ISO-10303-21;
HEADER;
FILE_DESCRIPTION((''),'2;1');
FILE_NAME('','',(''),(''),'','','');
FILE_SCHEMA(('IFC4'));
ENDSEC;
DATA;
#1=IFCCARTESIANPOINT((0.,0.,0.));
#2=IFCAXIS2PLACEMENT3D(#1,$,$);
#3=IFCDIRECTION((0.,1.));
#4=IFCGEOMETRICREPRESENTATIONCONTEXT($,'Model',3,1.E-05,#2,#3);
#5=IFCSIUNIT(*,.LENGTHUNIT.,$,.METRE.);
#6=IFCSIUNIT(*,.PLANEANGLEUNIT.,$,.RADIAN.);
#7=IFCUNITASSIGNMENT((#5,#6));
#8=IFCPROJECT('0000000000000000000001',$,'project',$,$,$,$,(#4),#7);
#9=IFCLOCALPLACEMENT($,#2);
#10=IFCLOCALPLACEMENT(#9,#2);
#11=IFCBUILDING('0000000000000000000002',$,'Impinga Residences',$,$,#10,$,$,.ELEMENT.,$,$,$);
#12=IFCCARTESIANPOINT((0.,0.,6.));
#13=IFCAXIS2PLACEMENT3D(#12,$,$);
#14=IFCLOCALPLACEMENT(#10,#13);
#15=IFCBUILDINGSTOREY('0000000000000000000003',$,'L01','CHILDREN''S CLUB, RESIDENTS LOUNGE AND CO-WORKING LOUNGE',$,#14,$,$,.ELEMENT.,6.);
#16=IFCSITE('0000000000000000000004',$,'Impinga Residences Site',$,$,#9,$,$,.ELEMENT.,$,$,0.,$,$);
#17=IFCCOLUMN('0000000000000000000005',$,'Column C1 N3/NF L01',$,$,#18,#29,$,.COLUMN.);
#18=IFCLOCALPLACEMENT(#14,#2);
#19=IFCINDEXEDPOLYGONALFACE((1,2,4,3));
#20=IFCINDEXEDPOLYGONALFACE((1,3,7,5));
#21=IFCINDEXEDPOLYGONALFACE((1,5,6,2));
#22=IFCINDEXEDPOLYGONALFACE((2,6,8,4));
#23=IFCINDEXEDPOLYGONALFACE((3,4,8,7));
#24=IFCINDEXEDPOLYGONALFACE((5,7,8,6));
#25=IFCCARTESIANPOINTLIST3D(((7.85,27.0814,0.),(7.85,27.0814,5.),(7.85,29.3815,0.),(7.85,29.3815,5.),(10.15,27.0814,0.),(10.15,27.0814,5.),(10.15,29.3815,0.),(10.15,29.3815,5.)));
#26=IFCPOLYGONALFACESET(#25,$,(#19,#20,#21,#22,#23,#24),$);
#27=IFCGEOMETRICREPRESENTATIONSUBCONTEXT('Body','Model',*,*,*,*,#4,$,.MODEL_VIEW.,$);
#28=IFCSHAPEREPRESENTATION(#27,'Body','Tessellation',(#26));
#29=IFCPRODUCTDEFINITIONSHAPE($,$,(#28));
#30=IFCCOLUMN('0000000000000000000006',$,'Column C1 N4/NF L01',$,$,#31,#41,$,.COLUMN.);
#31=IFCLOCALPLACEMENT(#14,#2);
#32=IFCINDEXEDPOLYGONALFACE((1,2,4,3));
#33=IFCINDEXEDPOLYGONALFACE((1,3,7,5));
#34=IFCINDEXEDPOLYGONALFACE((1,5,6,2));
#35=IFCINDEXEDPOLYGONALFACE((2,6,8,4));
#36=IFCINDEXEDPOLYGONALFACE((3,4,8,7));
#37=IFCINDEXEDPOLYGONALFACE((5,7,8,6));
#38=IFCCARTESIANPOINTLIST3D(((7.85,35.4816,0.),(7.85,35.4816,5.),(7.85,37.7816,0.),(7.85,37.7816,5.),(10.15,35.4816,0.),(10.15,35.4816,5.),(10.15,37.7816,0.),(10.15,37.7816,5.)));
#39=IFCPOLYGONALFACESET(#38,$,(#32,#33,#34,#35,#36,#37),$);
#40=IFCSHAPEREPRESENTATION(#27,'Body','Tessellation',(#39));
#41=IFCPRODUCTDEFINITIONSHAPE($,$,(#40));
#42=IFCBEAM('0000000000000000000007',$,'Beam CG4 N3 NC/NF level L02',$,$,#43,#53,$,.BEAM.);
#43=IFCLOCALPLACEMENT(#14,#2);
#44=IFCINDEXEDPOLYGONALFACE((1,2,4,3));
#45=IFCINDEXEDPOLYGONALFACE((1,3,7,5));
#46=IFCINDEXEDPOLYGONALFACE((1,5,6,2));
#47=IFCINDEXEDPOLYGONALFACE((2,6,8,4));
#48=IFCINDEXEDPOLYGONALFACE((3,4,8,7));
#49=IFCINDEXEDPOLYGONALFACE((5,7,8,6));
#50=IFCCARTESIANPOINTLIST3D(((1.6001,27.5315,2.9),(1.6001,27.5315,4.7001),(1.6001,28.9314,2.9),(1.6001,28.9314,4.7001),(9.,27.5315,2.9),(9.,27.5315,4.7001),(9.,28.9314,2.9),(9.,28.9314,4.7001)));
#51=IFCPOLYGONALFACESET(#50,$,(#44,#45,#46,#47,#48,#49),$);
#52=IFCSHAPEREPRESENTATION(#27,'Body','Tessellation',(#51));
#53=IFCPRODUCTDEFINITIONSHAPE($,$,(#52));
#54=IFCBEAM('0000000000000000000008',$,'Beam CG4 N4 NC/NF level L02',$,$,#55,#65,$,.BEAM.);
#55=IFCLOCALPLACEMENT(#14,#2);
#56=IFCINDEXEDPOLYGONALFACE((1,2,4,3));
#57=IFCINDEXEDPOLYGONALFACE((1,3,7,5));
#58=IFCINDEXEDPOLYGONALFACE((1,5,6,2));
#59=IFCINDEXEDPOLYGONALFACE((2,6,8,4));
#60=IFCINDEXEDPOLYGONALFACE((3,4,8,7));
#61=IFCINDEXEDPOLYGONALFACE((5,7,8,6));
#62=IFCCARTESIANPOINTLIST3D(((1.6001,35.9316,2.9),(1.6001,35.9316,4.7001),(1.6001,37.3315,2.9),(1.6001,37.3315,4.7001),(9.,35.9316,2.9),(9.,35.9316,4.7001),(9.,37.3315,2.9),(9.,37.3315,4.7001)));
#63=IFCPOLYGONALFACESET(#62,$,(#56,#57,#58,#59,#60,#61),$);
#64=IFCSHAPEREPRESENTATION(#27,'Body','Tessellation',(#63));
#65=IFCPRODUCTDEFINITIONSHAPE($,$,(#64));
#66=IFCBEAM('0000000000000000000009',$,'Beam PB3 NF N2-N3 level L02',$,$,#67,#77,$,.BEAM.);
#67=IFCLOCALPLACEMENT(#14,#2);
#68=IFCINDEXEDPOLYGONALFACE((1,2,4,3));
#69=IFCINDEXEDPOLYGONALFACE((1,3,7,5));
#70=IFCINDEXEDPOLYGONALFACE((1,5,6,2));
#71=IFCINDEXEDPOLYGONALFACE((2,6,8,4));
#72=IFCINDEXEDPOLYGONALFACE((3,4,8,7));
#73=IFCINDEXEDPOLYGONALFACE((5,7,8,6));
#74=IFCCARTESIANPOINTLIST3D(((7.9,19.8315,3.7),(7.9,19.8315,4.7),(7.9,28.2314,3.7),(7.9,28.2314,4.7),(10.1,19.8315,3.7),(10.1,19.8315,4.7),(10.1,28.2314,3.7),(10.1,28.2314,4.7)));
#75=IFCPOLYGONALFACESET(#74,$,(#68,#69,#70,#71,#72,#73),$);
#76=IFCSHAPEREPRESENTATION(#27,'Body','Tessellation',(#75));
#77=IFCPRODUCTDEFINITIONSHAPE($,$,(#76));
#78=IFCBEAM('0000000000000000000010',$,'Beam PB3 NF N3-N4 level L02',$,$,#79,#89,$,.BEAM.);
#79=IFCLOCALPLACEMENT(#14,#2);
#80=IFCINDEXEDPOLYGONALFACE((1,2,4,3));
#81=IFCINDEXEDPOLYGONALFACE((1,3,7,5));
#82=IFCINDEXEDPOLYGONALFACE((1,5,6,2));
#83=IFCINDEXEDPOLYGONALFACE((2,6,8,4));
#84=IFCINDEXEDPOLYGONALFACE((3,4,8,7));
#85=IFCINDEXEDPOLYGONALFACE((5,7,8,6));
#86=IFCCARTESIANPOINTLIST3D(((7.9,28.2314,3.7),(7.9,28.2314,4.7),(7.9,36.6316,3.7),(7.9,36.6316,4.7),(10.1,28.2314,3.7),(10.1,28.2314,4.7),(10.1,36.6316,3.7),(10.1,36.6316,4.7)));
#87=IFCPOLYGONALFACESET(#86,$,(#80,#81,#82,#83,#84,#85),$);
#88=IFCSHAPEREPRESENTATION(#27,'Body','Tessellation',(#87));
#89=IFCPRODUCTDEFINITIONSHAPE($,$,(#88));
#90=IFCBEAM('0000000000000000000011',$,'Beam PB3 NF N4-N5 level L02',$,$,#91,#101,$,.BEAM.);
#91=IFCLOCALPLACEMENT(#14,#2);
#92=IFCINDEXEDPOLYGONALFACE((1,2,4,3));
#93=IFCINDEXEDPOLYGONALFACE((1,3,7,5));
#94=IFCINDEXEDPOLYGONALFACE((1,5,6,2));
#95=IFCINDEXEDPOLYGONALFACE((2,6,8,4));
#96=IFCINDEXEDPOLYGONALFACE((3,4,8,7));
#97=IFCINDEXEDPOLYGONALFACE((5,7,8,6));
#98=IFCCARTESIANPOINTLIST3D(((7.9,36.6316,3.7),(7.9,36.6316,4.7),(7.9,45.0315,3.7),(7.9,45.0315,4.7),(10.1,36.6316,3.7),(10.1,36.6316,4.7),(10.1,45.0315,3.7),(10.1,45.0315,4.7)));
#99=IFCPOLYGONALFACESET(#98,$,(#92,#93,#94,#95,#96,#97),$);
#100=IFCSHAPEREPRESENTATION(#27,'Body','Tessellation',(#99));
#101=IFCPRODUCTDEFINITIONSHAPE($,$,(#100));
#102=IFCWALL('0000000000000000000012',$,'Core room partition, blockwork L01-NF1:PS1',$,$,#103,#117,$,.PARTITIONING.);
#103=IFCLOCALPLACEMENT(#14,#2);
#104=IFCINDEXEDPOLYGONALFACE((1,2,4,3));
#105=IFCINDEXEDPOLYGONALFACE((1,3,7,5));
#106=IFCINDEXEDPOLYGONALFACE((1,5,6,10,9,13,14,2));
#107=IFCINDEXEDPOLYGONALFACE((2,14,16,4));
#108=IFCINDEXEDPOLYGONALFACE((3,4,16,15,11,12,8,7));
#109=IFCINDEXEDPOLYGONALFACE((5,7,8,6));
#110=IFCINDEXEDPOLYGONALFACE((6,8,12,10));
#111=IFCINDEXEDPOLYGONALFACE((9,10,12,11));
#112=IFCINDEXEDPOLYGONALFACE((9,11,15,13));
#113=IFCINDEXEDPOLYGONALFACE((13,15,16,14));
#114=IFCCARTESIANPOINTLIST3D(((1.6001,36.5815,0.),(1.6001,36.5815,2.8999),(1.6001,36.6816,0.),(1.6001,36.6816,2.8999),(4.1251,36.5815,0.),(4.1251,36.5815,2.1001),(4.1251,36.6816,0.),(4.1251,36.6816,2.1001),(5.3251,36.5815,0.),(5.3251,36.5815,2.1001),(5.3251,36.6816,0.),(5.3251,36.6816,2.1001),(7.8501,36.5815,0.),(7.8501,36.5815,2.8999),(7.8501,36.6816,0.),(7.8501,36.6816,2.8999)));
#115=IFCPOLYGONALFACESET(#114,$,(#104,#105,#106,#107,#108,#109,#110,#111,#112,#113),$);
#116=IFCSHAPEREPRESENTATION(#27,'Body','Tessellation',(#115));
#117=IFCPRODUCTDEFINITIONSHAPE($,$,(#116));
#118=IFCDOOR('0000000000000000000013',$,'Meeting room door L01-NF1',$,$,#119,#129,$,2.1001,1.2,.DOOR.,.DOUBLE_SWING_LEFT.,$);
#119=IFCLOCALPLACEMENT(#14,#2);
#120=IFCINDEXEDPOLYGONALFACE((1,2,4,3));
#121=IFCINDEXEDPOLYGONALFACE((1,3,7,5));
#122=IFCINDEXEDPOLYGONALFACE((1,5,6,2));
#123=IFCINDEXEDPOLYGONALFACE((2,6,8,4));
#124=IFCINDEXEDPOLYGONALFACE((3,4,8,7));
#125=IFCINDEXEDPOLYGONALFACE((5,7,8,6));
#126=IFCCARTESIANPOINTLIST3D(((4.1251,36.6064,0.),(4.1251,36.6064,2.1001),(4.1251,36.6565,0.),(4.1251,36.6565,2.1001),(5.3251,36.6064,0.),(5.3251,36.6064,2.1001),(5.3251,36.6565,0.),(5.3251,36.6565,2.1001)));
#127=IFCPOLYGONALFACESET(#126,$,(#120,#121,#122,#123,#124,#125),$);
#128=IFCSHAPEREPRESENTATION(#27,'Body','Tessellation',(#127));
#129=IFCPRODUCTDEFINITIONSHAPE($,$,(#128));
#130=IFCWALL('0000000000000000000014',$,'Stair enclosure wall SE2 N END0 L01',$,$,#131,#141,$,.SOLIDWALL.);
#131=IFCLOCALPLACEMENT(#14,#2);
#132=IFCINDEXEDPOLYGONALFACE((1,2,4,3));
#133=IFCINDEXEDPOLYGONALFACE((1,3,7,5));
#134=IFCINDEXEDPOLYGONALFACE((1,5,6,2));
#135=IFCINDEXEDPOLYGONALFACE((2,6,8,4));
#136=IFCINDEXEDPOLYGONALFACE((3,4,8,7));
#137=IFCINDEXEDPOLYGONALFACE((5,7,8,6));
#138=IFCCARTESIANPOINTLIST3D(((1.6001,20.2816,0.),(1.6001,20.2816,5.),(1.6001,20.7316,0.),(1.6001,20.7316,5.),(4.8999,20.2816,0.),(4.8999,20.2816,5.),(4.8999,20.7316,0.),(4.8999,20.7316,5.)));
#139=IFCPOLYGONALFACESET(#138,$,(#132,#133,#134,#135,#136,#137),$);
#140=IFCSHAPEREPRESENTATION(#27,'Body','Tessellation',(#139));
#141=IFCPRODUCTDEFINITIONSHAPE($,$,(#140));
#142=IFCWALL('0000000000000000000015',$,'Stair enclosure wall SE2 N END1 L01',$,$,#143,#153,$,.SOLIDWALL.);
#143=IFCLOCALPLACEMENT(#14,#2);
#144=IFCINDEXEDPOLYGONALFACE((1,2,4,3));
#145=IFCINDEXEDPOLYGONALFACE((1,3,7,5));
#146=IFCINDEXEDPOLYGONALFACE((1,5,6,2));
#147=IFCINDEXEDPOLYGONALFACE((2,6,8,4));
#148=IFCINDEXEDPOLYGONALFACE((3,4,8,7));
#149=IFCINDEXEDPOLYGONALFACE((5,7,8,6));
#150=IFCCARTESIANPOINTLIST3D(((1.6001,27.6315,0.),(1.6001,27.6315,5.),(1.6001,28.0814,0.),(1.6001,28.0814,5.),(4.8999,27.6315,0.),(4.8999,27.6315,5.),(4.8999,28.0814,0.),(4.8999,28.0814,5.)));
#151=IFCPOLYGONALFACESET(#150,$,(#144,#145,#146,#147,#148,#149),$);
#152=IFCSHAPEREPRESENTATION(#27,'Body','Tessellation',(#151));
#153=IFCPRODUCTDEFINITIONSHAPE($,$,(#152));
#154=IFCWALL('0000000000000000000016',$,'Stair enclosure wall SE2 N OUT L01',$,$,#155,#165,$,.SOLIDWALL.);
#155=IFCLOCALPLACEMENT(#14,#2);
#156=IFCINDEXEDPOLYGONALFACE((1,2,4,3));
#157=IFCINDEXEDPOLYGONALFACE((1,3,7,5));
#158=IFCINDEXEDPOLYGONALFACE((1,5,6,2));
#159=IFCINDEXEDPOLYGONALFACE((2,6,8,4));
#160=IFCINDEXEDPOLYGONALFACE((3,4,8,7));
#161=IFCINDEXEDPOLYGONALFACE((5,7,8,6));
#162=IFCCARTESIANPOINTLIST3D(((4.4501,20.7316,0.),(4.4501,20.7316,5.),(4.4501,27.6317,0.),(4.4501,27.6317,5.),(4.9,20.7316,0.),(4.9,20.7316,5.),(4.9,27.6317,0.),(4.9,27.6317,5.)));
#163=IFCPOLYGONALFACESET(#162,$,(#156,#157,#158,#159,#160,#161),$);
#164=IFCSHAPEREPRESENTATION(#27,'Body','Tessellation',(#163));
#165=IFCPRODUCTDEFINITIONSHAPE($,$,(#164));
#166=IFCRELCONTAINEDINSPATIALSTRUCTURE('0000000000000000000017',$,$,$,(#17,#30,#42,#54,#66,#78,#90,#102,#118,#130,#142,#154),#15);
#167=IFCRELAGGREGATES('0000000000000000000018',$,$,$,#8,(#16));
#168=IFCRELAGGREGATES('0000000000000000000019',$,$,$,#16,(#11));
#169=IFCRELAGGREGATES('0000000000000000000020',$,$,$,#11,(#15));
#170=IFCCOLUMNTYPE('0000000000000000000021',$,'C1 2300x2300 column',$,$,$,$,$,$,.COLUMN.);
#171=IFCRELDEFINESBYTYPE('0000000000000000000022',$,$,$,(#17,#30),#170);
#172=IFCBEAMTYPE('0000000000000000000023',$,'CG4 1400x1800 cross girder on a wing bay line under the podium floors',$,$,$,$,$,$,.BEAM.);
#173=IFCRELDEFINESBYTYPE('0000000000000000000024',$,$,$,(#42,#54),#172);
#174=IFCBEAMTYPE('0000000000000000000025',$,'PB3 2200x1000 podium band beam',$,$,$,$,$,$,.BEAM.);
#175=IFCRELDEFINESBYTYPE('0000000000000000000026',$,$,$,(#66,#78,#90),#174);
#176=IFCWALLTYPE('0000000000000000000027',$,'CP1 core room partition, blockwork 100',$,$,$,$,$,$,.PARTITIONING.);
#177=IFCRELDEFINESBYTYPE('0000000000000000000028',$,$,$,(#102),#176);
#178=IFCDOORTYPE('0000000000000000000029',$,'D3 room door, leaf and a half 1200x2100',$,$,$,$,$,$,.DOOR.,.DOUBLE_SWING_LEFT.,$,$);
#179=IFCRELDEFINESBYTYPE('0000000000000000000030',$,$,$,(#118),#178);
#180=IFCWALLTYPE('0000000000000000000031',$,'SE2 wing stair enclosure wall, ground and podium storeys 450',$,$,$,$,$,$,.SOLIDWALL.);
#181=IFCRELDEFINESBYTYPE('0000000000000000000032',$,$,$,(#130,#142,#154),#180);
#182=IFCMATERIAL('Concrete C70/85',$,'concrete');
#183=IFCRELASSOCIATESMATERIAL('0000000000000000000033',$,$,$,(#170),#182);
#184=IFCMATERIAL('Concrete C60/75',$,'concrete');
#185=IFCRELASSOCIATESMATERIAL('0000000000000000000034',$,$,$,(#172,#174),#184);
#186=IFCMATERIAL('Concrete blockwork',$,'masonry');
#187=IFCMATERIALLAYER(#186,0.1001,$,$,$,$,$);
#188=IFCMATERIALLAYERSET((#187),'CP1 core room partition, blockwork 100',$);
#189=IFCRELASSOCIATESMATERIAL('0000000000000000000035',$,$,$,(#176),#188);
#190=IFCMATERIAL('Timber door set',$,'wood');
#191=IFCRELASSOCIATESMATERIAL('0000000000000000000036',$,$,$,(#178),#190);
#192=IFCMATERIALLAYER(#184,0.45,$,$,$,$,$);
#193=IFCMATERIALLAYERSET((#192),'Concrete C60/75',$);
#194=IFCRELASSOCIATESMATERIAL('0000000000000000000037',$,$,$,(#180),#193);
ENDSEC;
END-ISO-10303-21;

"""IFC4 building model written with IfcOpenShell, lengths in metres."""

from ifc_helpers import new_model, si_unit, direction, frame, frame_2d, origin, origin_2d, place, context, subcontext, project, spatial, rectangle, extrude, material, layer, layer_set, material_profile, profile_set, type_object, element, fill, save


model = new_model("IFC4")

# Units and contexts
model_context = context("Model", 3, precision=1e-05, world=origin(), true_north=direction((0.0, 1.0)))
body_context = subcontext(model_context, "Body", "Model", "MODEL_VIEW")
ifc_project = project(units=[si_unit("LENGTHUNIT", "METRE"), si_unit("PLANEANGLEUNIT", "RADIAN")], contexts=[model_context])

# Site, building, storey
site_placement = place(None, origin())
site = spatial("IfcSite", under=ifc_project, at=site_placement, Name="Impinga Residences Site", CompositionType="ELEMENT", RefElevation=0.0)
building_placement = place(site_placement, origin())
building = spatial("IfcBuilding", under=site, at=building_placement, Name="Impinga Residences", CompositionType="ELEMENT")
storey_placement = place(building_placement, frame((0.0, 0.0, 6.0)))
storey = spatial("IfcBuildingStorey", under=building, at=storey_placement, Name="L01", Description="CHILDREN'S CLUB, RESIDENTS LOUNGE AND CO-WORKING LOUNGE", CompositionType="ELEMENT", Elevation=6.0)

# Columns
ifc_material_1 = material(Name="Concrete C70/85", Category="concrete")
ifc_material_profile_1 = material_profile(ifc_material_1, rectangle(XDim=2.3, YDim=2.3, at=origin_2d()), Name="RC 2300x2300")
ifc_profile_set_1 = profile_set([ifc_material_profile_1], Name="Concrete C70/85")
column_type = type_object("IfcColumnType", Name="C1 2300x2300 column", PredefinedType="COLUMN", material=ifc_profile_set_1)
for number, where, z_axis, x_axis, name in (
    (1, (9.0, 28.2314, 0.0), (0.0, 0.0, 1.0), (1.0, 0.0, 0.0), "Column C1 N3/NF L01"),
    (2, (9.0, 36.6316, 0.0), (0.0, 0.0, 1.0), (1.0, 0.0, 0.0), "Column C1 N4/NF L01"),
):
    element("IfcColumn", number, at=place(storey_placement, frame(where, z_axis=z_axis, x_axis=x_axis)), inside=storey, type_object=column_type, Name=name, PredefinedType="COLUMN", context=body_context, shape_type="SweptSolid", body=[
        extrude(rectangle(XDim=2.3, YDim=2.3, at=origin_2d()), origin(), (0.0, 0.0, 1.0), 5.0),
    ])

# Beams
ifc_material_2 = material(Name="Concrete C60/75", Category="concrete")
ifc_material_profile_2 = material_profile(ifc_material_2, rectangle(XDim=1.3999, YDim=1.8, at=origin_2d()), Name="RC 1400x1800")
ifc_profile_set_2 = profile_set([ifc_material_profile_2], Name="Concrete C60/75")
beam_type_1 = type_object("IfcBeamType", Name="CG4 1400x1800 cross girder on a wing bay line under the podium floors", PredefinedType="BEAM", material=ifc_profile_set_2)
for number, where, z_axis, x_axis, name in (
    (3, (1.6001, 28.2314, 3.8), (1.0, 0.0, 0.0), (0.0, 1.0, 0.0), "Beam CG4 N3 NC/NF level L02"),
    (4, (1.6001, 36.6316, 3.8), (1.0, 0.0, 0.0), (0.0, 1.0, 0.0), "Beam CG4 N4 NC/NF level L02"),
):
    element("IfcBeam", number, at=place(storey_placement, frame(where, z_axis=z_axis, x_axis=x_axis)), inside=storey, type_object=beam_type_1, Name=name, PredefinedType="BEAM", context=body_context, shape_type="SweptSolid", body=[
        extrude(rectangle(XDim=1.3999, YDim=1.8, at=origin_2d()), origin(), (0.0, 0.0, 1.0), 7.3999),
    ])
ifc_material_profile_3 = material_profile(ifc_material_2, rectangle(XDim=2.2, YDim=1.0, at=origin_2d()), Name="RC 2200x1000")
ifc_profile_set_3 = profile_set([ifc_material_profile_3], Name="Concrete C60/75")
beam_type_2 = type_object("IfcBeamType", Name="PB3 2200x1000 podium band beam", PredefinedType="BEAM", material=ifc_profile_set_3)
beam_1_placement = place(storey_placement, frame((9.0, 19.8315, 4.2), z_axis=(0.0, 1.0, 0.0), x_axis=(-1.0, 0.0, 0.0)))
element("IfcBeam", 5, at=beam_1_placement, inside=storey, type_object=beam_type_2, Name="Beam PB3 NF N2-N3 level L02", PredefinedType="BEAM", context=body_context, shape_type="SweptSolid", body=[
    extrude(rectangle(XDim=2.2, YDim=1.0, at=origin_2d()), origin(), (0.0, 0.0, 1.0), 8.3999),
])
beam_2_placement = place(storey_placement, frame((9.0, 28.2314, 4.2), z_axis=(0.0, 1.0, 0.0), x_axis=(-1.0, 0.0, 0.0)))
element("IfcBeam", 6, at=beam_2_placement, inside=storey, type_object=beam_type_2, Name="Beam PB3 NF N3-N4 level L02", PredefinedType="BEAM", context=body_context, shape_type="SweptSolid", body=[
    extrude(rectangle(XDim=2.2, YDim=1.0, at=origin_2d()), origin(), (0.0, 0.0, 1.0), 8.4001),
])
beam_3_placement = place(storey_placement, frame((9.0, 36.6316, 4.2), z_axis=(0.0, 1.0, 0.0), x_axis=(-1.0, 0.0, 0.0)))
element("IfcBeam", 7, at=beam_3_placement, inside=storey, type_object=beam_type_2, Name="Beam PB3 NF N4-N5 level L02", PredefinedType="BEAM", context=body_context, shape_type="SweptSolid", body=[
    extrude(rectangle(XDim=2.2, YDim=1.0, at=origin_2d()), origin(), (0.0, 0.0, 1.0), 8.3999),
])

# Wall, opening, door
ifc_material_3 = material(Name="Concrete blockwork", Category="masonry")
ifc_layer_1 = layer(ifc_material_3, 0.1001)
ifc_layer_set_1 = layer_set([ifc_layer_1], Name="CP1 core room partition, blockwork 100")
wall_type_1 = type_object("IfcWallType", Name="CP1 core room partition, blockwork 100", PredefinedType="PARTITIONING", material=ifc_layer_set_1)
wall_1_placement = place(storey_placement, frame((1.6001, 36.6316, 0.0), z_axis=(0.0, 0.0, 1.0), x_axis=(1.0, 0.0, 0.0)))
wall_1 = element("IfcWall", 8, at=wall_1_placement, inside=storey, type_object=wall_type_1, Name="Core room partition, blockwork L01-NF1:PS1", PredefinedType="PARTITIONING", context=body_context, shape_type="SweptSolid", body=[
    extrude(rectangle(XDim=6.25, YDim=0.1001, at=frame_2d((3.125, 0.0))), origin(), (0.0, 0.0, 1.0), 2.8999),
])
opening_placement = place(wall_1_placement, frame((2.5249, 0.0, 0.0)))
opening = element("IfcOpeningElement", 9, at=opening_placement, cuts=wall_1, PredefinedType="OPENING", context=body_context, shape_type="SweptSolid", body=[
    extrude(rectangle(XDim=1.2, YDim=2.1001, at=frame_2d((0.6001, 1.05))), frame((0.0, 0.0601, 0.0), z_axis=(0.0, -1.0, 0.0), x_axis=(1.0, 0.0, 0.0)), (0.0, 0.0, 1.0), 0.1201),
])
ifc_material_4 = material(Name="Timber door set", Category="wood")
door_type = type_object("IfcDoorType", Name="D3 room door, leaf and a half 1200x2100", OperationType="DOUBLE_SWING_LEFT", PredefinedType="DOOR", material=ifc_material_4)
door_placement = place(opening_placement, origin())
door = element("IfcDoor", 10, at=door_placement, inside=storey, type_object=door_type, Name="Meeting room door L01-NF1", OperationType="DOUBLE_SWING_LEFT", OverallHeight=2.1001, OverallWidth=1.2, PredefinedType="DOOR", context=body_context, shape_type="SweptSolid", body=[
    extrude(rectangle(XDim=1.2, YDim=2.1001, at=frame_2d((0.6001, 1.05))), frame((0.0, 0.0249, 0.0), z_axis=(0.0, -1.0, 0.0), x_axis=(1.0, 0.0, 0.0)), (0.0, 0.0, 1.0), 0.05),
])
fill(opening, door)

# Walls
ifc_layer_2 = layer(ifc_material_2, 0.45)
ifc_layer_set_2 = layer_set([ifc_layer_2], Name="Concrete C60/75")
wall_type_2 = type_object("IfcWallType", Name="SE2 wing stair enclosure wall, ground and podium storeys 450", PredefinedType="SOLIDWALL", material=ifc_layer_set_2)
for number, where, z_axis, x_axis, name in (
    (11, (1.6001, 20.5066, 0.0), (0.0, 0.0, 1.0), (1.0, 0.0, 0.0), "Stair enclosure wall SE2 N END0 L01"),
    (12, (1.6001, 27.8564, 0.0), (0.0, 0.0, 1.0), (1.0, 0.0, 0.0), "Stair enclosure wall SE2 N END1 L01"),
):
    element("IfcWall", number, at=place(storey_placement, frame(where, z_axis=z_axis, x_axis=x_axis)), inside=storey, type_object=wall_type_2, Name=name, PredefinedType="SOLIDWALL", context=body_context, shape_type="SweptSolid", body=[
        extrude(rectangle(XDim=3.2998, YDim=0.45, at=frame_2d((1.6499, 0.0))), origin(), (0.0, 0.0, 1.0), 5.0),
    ])
wall_2_placement = place(storey_placement, frame((4.675, 20.7314, 0.0), z_axis=(0.0, 0.0, 1.0), x_axis=(0.0, 1.0, 0.0)))
element("IfcWall", 13, at=wall_2_placement, inside=storey, type_object=wall_type_2, Name="Stair enclosure wall SE2 N OUT L01", PredefinedType="SOLIDWALL", context=body_context, shape_type="SweptSolid", body=[
    extrude(rectangle(XDim=6.9001, YDim=0.45, at=frame_2d((3.4502, 0.0))), origin(), (0.0, 0.0, 1.0), 5.0),
])

save(model, "model.ifc")
